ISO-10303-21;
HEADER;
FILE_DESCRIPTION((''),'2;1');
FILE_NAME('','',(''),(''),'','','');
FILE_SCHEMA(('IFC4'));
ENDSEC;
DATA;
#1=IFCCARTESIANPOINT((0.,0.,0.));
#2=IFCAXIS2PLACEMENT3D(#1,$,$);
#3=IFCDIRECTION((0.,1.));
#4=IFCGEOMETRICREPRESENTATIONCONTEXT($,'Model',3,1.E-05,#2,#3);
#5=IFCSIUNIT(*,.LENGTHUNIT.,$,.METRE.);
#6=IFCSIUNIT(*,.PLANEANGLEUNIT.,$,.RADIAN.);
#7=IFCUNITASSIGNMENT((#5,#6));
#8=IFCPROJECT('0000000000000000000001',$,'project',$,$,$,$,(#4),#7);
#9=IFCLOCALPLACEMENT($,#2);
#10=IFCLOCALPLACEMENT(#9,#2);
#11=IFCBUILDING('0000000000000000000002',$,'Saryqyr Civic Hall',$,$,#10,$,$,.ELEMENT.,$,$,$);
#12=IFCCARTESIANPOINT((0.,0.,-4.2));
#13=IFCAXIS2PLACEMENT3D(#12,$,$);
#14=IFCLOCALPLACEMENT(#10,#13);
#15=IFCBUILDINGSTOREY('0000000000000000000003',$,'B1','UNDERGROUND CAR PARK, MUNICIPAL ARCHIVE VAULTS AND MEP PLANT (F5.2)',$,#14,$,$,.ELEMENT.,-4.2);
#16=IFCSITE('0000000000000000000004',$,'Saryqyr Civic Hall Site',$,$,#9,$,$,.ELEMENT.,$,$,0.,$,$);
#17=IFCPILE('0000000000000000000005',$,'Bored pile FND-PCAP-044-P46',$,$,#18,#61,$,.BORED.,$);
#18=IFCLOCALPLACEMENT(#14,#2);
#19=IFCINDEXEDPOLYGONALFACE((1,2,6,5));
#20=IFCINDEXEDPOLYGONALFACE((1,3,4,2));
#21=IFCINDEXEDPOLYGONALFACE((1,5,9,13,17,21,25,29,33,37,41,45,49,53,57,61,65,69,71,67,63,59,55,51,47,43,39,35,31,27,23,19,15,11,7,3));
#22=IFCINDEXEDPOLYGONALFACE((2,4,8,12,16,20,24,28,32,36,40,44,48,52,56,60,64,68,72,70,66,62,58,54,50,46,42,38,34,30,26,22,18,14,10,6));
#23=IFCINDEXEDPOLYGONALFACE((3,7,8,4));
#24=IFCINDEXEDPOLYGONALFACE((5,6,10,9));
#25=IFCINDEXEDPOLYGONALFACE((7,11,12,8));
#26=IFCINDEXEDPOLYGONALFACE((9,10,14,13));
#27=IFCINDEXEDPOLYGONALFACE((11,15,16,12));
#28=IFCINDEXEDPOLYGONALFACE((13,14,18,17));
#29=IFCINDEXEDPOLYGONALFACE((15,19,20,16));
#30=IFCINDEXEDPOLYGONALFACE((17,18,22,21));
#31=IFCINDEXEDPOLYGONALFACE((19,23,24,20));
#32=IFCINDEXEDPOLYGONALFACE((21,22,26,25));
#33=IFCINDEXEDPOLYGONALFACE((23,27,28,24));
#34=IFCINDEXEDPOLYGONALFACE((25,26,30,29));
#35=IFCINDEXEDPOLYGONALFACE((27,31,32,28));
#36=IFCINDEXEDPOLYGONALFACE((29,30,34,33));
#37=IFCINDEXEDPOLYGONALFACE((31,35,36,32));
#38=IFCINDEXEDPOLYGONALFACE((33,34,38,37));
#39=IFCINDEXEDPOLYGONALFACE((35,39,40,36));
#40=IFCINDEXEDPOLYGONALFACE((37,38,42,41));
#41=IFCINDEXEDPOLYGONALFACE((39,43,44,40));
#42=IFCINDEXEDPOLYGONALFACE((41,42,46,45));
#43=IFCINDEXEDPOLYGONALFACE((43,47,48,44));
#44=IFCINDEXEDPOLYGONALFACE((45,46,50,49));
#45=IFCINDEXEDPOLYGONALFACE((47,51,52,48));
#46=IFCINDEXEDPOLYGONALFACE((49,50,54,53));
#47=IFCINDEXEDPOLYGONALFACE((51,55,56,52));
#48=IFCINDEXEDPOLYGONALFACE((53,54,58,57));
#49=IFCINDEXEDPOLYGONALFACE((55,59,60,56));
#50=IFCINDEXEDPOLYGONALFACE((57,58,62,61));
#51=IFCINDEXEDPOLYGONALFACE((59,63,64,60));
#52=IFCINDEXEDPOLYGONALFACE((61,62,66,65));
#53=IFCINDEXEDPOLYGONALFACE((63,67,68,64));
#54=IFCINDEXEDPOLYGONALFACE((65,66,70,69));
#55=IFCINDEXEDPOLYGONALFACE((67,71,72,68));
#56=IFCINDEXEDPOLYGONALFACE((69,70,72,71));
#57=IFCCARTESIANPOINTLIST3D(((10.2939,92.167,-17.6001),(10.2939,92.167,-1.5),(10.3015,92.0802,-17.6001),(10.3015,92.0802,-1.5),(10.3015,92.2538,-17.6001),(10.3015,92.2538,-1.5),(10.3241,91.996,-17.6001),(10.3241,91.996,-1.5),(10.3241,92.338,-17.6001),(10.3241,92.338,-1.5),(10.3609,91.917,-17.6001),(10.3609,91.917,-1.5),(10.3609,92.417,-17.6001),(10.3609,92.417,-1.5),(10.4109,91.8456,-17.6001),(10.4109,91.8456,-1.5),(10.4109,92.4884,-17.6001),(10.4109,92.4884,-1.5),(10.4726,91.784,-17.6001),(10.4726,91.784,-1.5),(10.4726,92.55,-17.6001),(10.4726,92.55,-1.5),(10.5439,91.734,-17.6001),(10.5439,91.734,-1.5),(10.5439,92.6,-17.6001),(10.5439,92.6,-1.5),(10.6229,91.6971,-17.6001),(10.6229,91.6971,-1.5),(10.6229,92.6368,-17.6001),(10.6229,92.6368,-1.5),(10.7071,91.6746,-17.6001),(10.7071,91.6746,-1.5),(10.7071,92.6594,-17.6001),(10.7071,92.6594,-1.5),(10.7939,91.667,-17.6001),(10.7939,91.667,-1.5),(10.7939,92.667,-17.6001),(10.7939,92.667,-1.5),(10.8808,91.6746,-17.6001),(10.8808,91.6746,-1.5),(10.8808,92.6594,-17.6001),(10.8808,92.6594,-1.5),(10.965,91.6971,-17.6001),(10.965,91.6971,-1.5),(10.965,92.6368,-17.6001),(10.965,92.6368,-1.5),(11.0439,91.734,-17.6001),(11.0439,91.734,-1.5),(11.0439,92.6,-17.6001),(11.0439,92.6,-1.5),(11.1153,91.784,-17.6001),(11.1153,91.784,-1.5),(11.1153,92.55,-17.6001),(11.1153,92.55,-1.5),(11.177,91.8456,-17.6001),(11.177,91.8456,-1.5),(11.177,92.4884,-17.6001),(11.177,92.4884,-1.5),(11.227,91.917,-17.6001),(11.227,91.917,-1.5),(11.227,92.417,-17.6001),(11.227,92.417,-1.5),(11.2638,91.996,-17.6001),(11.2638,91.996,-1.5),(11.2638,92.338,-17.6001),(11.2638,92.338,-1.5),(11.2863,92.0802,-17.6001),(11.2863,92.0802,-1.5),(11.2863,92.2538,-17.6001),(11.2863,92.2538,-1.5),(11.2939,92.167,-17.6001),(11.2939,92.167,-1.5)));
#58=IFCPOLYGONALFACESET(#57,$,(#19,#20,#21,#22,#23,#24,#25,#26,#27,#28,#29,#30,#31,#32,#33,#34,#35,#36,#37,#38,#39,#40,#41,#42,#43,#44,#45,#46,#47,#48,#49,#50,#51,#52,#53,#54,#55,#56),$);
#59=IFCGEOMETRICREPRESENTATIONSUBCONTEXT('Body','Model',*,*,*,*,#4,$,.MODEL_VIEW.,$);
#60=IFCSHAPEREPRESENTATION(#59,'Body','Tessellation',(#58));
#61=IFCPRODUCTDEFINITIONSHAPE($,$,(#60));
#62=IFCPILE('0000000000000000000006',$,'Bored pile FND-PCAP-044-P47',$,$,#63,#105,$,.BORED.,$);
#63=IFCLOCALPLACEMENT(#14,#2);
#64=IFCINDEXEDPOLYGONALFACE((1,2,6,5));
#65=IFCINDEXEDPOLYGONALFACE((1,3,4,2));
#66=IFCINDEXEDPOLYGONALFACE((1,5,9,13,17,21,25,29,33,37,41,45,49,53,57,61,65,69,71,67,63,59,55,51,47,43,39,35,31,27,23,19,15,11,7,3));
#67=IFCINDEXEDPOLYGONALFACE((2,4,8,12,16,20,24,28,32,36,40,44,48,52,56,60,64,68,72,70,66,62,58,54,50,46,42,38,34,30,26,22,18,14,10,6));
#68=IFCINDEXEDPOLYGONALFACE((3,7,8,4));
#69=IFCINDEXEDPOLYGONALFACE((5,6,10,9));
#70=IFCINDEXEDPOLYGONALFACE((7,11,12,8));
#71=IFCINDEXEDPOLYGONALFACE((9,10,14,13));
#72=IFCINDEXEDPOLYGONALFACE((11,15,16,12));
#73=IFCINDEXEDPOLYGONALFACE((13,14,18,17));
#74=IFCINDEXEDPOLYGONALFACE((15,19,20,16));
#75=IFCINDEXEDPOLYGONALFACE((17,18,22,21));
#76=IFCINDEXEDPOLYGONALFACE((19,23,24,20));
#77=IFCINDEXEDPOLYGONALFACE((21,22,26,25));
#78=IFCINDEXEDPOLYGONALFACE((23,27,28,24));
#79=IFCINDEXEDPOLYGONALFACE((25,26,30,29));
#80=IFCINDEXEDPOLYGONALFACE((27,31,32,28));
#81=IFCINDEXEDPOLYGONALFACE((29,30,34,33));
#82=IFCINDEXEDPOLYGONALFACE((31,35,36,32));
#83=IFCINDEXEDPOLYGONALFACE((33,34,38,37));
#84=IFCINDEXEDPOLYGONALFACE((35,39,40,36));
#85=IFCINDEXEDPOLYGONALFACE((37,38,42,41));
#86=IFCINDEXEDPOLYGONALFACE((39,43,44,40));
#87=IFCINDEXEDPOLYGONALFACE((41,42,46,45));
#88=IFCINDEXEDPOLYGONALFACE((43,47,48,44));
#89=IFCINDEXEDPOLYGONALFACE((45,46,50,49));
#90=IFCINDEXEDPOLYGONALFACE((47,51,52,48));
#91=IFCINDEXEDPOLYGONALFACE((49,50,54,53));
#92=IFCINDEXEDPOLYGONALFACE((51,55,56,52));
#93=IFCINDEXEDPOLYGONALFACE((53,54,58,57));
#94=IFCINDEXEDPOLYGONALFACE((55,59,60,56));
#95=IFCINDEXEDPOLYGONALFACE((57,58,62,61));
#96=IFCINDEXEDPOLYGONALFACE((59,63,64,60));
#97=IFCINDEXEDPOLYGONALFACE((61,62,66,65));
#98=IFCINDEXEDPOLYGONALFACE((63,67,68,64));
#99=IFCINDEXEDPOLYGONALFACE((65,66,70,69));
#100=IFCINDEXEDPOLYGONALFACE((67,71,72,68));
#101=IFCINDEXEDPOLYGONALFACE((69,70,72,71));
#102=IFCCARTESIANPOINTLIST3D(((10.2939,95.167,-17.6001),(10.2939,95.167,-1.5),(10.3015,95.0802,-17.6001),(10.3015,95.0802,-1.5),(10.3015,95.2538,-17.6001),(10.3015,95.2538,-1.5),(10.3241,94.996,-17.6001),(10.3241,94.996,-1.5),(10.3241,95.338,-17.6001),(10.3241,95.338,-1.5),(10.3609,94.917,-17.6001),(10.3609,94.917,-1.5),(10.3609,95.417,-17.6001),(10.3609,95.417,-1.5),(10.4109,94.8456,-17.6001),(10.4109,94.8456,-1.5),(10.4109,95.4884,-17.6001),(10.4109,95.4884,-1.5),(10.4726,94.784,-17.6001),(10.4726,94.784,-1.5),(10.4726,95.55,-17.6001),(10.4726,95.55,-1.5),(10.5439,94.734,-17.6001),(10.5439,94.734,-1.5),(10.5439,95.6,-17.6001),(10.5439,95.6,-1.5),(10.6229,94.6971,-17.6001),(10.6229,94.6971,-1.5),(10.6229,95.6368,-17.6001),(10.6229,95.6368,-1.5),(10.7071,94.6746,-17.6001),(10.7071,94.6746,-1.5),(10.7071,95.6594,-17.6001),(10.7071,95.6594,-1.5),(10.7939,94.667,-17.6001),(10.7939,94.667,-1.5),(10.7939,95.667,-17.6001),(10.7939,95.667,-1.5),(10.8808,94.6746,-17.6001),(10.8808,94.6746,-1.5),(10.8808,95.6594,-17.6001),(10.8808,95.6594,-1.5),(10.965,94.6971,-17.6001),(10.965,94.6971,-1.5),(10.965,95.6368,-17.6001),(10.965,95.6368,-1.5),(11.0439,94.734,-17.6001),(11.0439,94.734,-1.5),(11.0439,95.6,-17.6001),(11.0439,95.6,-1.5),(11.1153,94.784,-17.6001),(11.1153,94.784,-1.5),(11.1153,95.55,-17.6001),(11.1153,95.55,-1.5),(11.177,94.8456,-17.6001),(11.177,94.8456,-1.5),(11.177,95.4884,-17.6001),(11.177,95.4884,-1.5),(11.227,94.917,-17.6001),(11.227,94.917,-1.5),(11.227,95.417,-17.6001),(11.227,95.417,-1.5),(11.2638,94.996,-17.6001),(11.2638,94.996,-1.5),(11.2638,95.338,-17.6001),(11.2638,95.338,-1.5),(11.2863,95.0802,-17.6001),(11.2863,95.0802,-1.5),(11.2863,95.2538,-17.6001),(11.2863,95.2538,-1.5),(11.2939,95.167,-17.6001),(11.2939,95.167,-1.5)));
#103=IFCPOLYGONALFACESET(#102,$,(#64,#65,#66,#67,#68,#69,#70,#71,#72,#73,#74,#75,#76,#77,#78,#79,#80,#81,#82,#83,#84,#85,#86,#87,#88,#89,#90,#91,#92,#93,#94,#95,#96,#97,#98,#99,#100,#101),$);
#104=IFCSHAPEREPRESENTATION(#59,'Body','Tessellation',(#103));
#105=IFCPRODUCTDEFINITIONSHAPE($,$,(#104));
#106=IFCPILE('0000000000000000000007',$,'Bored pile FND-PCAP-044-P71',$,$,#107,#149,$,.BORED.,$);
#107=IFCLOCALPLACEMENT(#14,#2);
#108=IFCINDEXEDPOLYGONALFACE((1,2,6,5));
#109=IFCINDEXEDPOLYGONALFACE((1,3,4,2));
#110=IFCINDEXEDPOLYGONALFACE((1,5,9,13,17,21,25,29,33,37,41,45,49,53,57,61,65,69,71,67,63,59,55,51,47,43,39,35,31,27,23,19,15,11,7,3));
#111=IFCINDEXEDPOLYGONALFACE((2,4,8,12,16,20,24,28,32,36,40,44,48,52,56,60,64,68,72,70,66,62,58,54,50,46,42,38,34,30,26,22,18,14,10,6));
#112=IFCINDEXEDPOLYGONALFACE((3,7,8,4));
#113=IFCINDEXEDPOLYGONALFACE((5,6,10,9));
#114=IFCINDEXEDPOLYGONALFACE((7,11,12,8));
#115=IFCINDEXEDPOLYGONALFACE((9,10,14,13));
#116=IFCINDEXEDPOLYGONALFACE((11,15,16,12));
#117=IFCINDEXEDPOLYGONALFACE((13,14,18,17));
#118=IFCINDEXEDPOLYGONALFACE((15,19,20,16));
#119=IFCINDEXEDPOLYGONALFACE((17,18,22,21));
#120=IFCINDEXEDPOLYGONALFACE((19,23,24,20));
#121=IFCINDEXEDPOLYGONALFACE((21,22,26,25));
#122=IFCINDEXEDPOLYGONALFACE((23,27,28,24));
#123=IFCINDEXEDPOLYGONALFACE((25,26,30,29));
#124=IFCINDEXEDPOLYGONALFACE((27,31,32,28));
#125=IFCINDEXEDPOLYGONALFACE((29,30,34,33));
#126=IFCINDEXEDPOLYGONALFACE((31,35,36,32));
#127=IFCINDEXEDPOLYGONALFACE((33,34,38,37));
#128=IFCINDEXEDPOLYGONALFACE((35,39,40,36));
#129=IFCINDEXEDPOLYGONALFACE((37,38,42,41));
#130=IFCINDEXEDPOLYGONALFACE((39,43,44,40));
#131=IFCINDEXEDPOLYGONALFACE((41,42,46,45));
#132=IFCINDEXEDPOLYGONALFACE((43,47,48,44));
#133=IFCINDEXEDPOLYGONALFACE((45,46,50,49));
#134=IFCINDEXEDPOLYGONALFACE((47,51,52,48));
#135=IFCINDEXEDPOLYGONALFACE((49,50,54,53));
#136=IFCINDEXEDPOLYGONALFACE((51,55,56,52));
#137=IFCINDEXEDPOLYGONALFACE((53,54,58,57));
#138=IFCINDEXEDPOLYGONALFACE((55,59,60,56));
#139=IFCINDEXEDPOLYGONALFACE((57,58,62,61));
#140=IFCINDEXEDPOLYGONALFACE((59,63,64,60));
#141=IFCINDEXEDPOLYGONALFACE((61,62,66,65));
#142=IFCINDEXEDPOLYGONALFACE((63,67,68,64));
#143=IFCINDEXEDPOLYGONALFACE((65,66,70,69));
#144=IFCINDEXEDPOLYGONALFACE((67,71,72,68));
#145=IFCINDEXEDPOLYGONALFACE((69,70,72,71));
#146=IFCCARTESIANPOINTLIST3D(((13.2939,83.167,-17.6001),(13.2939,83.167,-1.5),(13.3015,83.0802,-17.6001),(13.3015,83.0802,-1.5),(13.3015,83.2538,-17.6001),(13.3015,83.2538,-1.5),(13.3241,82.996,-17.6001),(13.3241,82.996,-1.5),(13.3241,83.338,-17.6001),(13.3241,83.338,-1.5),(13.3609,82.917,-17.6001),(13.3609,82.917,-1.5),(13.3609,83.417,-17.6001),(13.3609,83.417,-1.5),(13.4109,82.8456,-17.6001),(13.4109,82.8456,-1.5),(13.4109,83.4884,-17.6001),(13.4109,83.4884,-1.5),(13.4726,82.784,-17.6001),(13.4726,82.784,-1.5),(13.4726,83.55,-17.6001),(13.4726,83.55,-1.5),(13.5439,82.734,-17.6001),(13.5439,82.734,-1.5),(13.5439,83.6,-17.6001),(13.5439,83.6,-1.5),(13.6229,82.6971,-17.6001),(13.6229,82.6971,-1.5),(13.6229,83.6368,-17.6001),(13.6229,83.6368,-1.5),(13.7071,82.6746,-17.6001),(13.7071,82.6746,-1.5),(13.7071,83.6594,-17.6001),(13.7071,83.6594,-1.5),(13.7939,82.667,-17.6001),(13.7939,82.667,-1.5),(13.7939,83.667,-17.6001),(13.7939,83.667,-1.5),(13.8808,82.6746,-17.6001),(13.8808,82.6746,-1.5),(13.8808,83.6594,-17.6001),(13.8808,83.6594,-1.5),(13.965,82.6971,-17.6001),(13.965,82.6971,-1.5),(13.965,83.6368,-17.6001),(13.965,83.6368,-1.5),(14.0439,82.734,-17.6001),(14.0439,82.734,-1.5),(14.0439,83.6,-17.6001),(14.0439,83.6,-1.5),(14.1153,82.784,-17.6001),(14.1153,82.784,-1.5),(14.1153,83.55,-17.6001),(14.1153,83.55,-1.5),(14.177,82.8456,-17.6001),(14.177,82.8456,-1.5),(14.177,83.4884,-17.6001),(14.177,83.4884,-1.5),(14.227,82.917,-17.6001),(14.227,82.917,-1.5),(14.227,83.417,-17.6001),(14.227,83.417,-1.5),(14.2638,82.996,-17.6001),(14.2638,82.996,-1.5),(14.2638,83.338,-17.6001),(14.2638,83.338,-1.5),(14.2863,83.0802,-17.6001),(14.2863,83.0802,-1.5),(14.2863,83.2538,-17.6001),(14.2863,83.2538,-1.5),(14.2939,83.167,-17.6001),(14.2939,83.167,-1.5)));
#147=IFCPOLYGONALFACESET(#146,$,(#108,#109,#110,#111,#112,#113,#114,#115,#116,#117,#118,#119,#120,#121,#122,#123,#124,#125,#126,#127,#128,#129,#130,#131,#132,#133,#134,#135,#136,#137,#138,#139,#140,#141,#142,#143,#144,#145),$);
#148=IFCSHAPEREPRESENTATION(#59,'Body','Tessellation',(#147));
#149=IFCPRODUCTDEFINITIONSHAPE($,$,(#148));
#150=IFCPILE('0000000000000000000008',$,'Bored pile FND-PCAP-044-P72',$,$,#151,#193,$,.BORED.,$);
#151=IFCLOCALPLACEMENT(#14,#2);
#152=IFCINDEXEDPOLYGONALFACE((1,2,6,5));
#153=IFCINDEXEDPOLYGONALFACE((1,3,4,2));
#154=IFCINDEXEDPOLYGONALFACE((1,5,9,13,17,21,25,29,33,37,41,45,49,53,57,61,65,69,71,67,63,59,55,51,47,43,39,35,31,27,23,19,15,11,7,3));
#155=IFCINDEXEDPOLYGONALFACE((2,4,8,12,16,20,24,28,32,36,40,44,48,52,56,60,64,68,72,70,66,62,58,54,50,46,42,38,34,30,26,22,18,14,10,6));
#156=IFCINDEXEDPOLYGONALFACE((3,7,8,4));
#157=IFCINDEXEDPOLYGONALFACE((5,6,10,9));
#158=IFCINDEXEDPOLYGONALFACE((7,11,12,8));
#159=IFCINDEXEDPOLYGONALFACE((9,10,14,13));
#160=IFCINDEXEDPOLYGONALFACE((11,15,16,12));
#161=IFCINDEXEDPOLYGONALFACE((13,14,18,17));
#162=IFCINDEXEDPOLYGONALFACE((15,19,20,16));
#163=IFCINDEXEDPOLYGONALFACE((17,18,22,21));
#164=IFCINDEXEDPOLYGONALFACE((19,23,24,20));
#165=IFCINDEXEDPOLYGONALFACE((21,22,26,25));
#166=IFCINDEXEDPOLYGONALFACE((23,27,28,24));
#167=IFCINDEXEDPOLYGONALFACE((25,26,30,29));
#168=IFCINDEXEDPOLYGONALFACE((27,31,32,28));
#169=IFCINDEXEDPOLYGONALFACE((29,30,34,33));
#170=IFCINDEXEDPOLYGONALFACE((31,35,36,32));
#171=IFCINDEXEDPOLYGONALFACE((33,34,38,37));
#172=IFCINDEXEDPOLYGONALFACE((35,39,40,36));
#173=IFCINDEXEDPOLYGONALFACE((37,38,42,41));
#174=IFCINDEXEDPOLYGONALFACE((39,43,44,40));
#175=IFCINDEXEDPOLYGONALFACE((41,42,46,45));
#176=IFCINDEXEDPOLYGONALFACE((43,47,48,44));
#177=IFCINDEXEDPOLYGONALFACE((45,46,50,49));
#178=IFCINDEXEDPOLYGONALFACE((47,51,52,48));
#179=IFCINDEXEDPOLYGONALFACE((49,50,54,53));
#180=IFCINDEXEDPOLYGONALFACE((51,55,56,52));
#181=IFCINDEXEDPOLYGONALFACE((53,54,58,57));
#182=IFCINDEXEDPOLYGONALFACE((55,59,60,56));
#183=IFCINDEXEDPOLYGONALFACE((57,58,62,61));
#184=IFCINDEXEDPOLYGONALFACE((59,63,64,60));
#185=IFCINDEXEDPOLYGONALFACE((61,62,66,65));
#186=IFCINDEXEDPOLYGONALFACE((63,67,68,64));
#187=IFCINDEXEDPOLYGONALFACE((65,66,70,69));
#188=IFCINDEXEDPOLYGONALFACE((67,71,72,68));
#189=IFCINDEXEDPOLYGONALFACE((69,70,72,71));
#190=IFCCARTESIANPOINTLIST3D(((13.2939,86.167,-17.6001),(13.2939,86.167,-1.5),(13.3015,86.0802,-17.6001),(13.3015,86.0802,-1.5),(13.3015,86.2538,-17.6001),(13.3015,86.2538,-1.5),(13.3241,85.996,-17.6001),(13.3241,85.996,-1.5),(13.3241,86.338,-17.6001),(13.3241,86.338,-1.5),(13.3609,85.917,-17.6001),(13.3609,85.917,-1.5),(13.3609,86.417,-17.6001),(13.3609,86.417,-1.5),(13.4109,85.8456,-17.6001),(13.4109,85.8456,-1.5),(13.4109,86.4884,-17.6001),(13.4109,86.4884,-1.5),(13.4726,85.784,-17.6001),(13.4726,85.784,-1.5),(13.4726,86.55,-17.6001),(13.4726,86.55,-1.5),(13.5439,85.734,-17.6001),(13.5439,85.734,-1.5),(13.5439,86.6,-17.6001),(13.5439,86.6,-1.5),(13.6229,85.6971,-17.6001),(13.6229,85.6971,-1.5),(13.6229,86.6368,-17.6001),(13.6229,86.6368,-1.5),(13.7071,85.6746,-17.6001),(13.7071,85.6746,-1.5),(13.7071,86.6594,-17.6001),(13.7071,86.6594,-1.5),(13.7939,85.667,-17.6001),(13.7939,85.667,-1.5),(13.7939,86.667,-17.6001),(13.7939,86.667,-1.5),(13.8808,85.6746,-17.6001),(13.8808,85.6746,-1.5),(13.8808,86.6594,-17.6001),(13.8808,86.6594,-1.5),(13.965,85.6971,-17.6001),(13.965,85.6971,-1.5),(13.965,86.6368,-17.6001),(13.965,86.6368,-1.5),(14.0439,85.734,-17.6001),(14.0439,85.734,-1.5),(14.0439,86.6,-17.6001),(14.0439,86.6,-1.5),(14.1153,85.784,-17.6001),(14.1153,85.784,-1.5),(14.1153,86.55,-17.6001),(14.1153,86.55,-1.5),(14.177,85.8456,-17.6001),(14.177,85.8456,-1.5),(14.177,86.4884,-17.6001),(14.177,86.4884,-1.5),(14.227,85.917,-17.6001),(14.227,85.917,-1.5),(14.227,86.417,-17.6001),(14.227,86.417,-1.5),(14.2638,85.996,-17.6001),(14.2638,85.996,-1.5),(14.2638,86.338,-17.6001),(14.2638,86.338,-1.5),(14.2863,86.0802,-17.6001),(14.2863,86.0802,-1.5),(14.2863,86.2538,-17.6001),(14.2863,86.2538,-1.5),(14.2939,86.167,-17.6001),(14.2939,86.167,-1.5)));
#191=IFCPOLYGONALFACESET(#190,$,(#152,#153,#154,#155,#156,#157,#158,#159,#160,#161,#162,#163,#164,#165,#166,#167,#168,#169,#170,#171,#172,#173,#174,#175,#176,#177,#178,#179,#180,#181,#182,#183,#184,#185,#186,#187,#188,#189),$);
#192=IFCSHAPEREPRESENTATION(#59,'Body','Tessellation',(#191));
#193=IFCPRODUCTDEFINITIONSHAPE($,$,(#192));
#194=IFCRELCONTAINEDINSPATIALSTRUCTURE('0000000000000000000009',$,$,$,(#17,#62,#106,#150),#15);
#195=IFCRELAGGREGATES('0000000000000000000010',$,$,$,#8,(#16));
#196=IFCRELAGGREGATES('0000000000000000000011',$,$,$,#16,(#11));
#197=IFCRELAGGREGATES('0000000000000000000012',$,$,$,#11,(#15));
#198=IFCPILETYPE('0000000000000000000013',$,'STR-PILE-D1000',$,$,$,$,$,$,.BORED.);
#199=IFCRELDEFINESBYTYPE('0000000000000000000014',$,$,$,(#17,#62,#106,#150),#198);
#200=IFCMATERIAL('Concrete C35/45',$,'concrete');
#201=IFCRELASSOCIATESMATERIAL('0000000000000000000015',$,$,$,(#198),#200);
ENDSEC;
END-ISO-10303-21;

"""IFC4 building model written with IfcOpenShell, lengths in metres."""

from ifc_helpers import new_model, si_unit, direction, frame, origin, origin_2d, place, context, subcontext, project, spatial, circle, extrude, material, material_profile, profile_set, type_object, element, save


model = new_model("IFC4")

# Units and contexts
model_context = context("Model", 3, precision=1e-05, world=origin(), true_north=direction((0.0, 1.0)))
body_context = subcontext(model_context, "Body", "Model", "MODEL_VIEW")
ifc_project = project(units=[si_unit("LENGTHUNIT", "METRE"), si_unit("PLANEANGLEUNIT", "RADIAN")], contexts=[model_context])

# Site, building, storey
site_placement = place(None, origin())
site = spatial("IfcSite", under=ifc_project, at=site_placement, Name="Saryqyr Civic Hall Site", CompositionType="ELEMENT", RefElevation=0.0)
building_placement = place(site_placement, origin())
building = spatial("IfcBuilding", under=site, at=building_placement, Name="Saryqyr Civic Hall", CompositionType="ELEMENT")
storey_placement = place(building_placement, frame((0.0, 0.0, -4.2)))
storey = spatial("IfcBuildingStorey", under=building, at=storey_placement, Name="B1", Description="UNDERGROUND CAR PARK, MUNICIPAL ARCHIVE VAULTS AND MEP PLANT (F5.2)", CompositionType="ELEMENT", Elevation=-4.2)

# Piles
ifc_material_1 = material(Name="Concrete C35/45", Category="concrete")
ifc_material_profile_1 = material_profile(ifc_material_1, circle(Radius=0.5, at=origin_2d()), Name="BORED PILE D1000")
ifc_profile_set_1 = profile_set([ifc_material_profile_1], Name="Concrete C35/45")
pile_type = type_object("IfcPileType", Name="STR-PILE-D1000", PredefinedType="BORED", material=ifc_profile_set_1)
for number, where, z_axis, x_axis, name in (
    (1, (10.7939, 92.167, -1.5), (0.0, 0.0, -1.0), (1.0, 0.0, 0.0), "Bored pile FND-PCAP-044-P46"),
    (2, (10.7939, 95.167, -1.5), (0.0, 0.0, -1.0), (1.0, 0.0, 0.0), "Bored pile FND-PCAP-044-P47"),
    (3, (13.7939, 83.167, -1.5), (0.0, 0.0, -1.0), (1.0, 0.0, 0.0), "Bored pile FND-PCAP-044-P71"),
    (4, (13.7939, 86.167, -1.5), (0.0, 0.0, -1.0), (1.0, 0.0, 0.0), "Bored pile FND-PCAP-044-P72"),
):
    element("IfcPile", number, at=place(storey_placement, frame(where, z_axis=z_axis, x_axis=x_axis)), inside=storey, type_object=pile_type, Name=name, PredefinedType="BORED", context=body_context, shape_type="SweptSolid", body=[
        extrude(circle(Radius=0.5, at=origin_2d()), origin(), (0.0, 0.0, 1.0), 16.1001),
    ])

save(model, "model.ifc")
